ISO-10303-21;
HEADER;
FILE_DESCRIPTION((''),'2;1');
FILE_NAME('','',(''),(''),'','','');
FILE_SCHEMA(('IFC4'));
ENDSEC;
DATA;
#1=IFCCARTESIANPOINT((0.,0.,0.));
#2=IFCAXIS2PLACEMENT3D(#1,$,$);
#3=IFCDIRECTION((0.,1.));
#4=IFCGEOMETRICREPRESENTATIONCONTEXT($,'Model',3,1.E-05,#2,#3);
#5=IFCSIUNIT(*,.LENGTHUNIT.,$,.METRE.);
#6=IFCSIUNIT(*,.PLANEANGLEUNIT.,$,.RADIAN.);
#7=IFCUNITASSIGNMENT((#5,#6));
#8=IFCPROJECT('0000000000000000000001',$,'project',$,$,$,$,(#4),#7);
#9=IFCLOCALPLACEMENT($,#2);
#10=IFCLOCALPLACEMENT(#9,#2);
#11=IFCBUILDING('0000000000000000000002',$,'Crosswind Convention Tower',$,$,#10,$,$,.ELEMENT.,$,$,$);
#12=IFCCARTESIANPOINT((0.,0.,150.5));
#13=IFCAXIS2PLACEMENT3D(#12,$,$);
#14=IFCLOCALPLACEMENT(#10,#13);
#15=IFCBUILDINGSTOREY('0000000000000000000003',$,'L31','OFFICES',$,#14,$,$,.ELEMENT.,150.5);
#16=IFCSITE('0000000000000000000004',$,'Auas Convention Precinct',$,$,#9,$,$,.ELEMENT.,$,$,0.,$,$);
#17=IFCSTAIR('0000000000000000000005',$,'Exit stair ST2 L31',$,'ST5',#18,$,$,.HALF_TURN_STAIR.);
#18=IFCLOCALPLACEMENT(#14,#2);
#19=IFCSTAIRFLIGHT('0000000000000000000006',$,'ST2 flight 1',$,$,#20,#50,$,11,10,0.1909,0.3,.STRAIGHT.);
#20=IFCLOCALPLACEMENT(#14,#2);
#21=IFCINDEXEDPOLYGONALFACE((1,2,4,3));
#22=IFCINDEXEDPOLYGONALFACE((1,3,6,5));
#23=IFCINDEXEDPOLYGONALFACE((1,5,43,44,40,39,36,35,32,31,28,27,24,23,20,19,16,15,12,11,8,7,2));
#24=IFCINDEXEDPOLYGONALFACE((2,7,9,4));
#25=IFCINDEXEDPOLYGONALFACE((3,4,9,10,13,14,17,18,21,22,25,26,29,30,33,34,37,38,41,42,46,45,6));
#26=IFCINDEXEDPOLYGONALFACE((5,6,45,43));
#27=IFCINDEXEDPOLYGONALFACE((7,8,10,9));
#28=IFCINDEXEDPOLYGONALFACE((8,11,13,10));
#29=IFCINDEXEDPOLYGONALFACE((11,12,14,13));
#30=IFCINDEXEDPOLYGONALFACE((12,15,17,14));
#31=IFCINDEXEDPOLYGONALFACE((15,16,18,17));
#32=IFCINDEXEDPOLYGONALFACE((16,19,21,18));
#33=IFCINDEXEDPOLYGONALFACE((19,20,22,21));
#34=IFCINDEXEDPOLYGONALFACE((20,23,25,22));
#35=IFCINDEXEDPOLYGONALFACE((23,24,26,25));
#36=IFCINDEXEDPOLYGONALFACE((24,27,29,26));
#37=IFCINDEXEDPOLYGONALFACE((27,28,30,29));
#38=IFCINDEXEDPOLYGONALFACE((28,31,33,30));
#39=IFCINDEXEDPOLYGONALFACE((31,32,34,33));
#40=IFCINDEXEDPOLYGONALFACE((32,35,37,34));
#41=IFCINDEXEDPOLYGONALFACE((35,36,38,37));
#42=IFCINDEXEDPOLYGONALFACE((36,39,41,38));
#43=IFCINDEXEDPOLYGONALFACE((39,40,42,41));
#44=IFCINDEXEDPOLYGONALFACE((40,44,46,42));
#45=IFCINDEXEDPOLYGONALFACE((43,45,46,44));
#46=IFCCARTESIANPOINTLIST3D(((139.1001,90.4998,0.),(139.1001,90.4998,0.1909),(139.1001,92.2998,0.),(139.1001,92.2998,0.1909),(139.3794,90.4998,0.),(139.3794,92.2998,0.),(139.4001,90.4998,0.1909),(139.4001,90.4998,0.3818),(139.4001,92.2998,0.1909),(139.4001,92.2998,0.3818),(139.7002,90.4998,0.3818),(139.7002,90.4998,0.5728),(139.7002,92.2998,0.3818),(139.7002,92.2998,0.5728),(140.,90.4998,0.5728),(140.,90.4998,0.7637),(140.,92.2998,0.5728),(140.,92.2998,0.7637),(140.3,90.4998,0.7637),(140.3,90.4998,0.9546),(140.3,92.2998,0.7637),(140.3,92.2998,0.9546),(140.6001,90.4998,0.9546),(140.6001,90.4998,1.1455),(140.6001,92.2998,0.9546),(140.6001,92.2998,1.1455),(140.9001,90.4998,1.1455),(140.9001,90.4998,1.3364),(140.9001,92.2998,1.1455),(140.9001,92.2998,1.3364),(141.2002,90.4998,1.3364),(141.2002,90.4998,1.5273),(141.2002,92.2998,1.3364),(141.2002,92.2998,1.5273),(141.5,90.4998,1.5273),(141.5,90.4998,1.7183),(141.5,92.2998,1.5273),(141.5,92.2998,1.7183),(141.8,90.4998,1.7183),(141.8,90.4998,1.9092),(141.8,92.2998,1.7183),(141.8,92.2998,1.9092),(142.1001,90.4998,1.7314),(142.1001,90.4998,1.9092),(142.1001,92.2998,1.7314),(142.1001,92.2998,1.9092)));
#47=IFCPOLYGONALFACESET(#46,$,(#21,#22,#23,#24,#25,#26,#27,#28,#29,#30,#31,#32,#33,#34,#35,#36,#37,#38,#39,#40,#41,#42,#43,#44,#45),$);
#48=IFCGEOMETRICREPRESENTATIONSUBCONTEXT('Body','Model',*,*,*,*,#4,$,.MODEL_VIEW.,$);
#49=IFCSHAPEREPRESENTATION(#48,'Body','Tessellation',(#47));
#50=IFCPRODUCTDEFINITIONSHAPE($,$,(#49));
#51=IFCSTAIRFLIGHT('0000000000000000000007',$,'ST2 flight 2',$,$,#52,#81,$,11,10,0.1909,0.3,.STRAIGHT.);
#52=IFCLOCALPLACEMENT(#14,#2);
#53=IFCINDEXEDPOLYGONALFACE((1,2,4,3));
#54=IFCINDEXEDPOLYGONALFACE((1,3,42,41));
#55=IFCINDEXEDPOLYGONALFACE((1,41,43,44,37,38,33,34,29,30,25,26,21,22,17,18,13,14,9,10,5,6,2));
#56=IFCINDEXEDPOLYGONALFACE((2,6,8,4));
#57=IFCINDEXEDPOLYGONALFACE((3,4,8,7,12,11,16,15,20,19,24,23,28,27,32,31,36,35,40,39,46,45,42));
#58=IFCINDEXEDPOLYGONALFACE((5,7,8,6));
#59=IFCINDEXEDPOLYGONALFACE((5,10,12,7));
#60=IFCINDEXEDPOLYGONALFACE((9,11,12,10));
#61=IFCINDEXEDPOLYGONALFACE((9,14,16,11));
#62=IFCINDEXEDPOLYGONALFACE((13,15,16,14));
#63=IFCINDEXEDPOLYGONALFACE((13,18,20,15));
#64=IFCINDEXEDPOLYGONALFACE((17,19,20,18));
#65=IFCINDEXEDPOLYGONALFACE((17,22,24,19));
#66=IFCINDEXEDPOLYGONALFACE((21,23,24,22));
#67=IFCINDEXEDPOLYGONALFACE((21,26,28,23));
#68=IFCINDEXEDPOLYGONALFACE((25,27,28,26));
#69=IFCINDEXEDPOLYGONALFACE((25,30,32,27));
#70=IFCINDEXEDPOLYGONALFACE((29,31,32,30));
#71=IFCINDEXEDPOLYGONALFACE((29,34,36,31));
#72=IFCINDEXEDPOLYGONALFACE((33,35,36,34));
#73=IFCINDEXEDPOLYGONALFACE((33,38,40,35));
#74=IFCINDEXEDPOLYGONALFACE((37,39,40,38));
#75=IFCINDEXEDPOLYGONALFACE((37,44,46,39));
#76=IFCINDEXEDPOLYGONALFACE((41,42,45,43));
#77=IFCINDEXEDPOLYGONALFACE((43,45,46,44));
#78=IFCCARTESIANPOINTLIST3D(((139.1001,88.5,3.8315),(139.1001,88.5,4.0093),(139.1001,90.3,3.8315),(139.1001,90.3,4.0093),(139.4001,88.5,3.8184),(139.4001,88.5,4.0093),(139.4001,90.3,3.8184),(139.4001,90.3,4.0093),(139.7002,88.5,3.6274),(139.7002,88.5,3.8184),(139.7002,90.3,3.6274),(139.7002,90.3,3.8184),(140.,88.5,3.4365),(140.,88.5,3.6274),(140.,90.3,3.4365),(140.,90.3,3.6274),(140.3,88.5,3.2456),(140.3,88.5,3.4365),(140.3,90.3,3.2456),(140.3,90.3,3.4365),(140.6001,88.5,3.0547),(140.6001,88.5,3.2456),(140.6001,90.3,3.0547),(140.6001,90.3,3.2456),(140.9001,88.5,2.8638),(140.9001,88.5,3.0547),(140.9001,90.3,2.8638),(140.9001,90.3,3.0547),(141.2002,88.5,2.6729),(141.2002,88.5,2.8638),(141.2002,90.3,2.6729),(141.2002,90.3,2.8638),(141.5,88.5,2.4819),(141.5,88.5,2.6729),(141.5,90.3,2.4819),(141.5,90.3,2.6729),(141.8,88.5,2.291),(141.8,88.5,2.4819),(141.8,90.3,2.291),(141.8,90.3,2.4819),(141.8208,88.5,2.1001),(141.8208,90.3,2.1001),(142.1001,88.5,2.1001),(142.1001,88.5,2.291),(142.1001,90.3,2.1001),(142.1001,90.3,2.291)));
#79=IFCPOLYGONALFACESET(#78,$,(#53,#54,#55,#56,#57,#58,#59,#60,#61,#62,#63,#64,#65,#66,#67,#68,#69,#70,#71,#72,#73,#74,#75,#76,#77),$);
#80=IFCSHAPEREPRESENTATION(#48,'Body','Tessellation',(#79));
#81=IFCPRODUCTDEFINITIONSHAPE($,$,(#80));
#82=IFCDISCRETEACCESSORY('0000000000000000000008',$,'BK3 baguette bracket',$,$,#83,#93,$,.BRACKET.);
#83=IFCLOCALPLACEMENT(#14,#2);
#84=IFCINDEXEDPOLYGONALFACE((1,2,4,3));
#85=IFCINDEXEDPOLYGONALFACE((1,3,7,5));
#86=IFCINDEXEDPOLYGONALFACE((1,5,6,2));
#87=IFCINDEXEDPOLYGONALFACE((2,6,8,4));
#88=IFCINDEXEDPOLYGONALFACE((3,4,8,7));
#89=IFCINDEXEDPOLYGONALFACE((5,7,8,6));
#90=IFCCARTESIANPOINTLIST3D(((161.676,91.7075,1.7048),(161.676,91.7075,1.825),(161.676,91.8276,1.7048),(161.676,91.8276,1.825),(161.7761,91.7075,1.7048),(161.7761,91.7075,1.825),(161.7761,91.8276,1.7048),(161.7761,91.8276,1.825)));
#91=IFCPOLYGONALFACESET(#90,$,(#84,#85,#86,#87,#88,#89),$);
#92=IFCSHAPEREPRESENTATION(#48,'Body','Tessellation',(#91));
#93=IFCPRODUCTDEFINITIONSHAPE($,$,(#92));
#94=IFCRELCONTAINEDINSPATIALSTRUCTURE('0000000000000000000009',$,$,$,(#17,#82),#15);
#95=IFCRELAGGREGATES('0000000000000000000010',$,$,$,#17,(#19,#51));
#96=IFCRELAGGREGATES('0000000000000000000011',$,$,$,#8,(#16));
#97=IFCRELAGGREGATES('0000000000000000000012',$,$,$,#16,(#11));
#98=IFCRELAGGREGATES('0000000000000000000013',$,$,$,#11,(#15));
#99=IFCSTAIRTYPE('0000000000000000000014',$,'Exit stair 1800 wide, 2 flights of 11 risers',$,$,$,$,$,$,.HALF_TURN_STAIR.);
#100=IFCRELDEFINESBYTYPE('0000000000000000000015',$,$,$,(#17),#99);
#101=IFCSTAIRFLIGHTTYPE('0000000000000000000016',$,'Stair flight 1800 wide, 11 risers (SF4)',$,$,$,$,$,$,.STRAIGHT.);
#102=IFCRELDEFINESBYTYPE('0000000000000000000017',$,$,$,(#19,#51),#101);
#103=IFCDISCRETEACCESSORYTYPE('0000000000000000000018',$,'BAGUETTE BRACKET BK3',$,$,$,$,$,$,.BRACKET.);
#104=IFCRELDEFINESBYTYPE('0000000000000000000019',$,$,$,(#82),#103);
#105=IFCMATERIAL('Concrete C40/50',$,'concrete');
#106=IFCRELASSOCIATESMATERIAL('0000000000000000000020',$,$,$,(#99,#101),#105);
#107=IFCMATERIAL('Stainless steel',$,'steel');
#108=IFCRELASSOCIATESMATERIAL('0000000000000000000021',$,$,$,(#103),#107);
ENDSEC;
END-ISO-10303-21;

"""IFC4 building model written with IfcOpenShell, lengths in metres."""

from ifc_helpers import new_model, si_unit, direction, frame, origin, origin_2d, place, context, subcontext, project, spatial, polyline, rectangle, outline, extrude, material, type_object, element, aggregate, save


model = new_model("IFC4")

# Units and contexts
model_context = context("Model", 3, precision=1e-05, world=origin(), true_north=direction((0.0, 1.0)))
body_context = subcontext(model_context, "Body", "Model", "MODEL_VIEW")
ifc_project = project(units=[si_unit("LENGTHUNIT", "METRE"), si_unit("PLANEANGLEUNIT", "RADIAN")], contexts=[model_context])

# Site, building, storey
site_placement = place(None, origin())
site = spatial("IfcSite", under=ifc_project, at=site_placement, Name="Auas Convention Precinct", CompositionType="ELEMENT", RefElevation=0.0)
building_placement = place(site_placement, origin())
building = spatial("IfcBuilding", under=site, at=building_placement, Name="Crosswind Convention Tower", CompositionType="ELEMENT")
storey_placement = place(building_placement, frame((0.0, 0.0, 150.5)))
storey = spatial("IfcBuildingStorey", under=building, at=storey_placement, Name="L31", Description="OFFICES", CompositionType="ELEMENT", Elevation=150.5)

# Stair, stair flights
ifc_material_1 = material(Name="Concrete C40/50", Category="concrete")
stair_type = type_object("IfcStairType", Name="Exit stair 1800 wide, 2 flights of 11 risers", PredefinedType="HALF_TURN_STAIR", material=ifc_material_1)
stair_placement = place(storey_placement, origin())
stair = element("IfcStair", 1, at=stair_placement, inside=storey, type_object=stair_type, Name="Exit stair ST2 L31", ObjectType="ST5", PredefinedType="HALF_TURN_STAIR")
stair_flight_type = type_object("IfcStairFlightType", Name="Stair flight 1800 wide, 11 risers (SF4)", PredefinedType="STRAIGHT", material=ifc_material_1)
stair_flight_1_placement = place(storey_placement, frame((139.1001, 91.3999, 0.0), z_axis=(0.0, 0.0, 1.0), x_axis=(1.0, 0.0, 0.0)))
stair_flight_1 = element("IfcStairFlight", 2, at=stair_flight_1_placement, type_object=stair_flight_type, Name="ST2 flight 1", NumberOfRisers=11, NumberOfTreads=10, PredefinedType="STRAIGHT", RiserHeight=0.1909, TreadLength=0.3, context=body_context, shape_type="SweptSolid", body=[
    extrude(outline(polyline([(0.0, 0.0), (0.0, 0.1909), (0.3, 0.1909), (0.3, 0.3818), (0.6001, 0.3818), (0.6001, 0.5728), (0.8999, 0.5728), (0.8999, 0.7637), (1.2, 0.7637), (1.2, 0.9546), (1.5, 0.9546), (1.5, 1.1455), (1.8, 1.1455), (1.8, 1.3364), (2.1001, 1.3364), (2.1001, 1.5273), (2.3999, 1.5273), (2.3999, 1.7183), (2.7, 1.7183), (2.7, 1.9092), (3.0, 1.9092), (3.0, 2.1001), (3.0, 1.7314), (0.2793, 0.0), (0.0, 0.0)])), frame((0.0, 0.8999, 0.0), z_axis=(0.0, -1.0, 0.0), x_axis=(1.0, 0.0, 0.0)), (0.0, 0.0, 1.0), 1.8),
])
stair_flight_2_placement = place(storey_placement, frame((142.1001, 89.3999, 2.1001), z_axis=(0.0, 0.0, 1.0), x_axis=(-1.0, 0.0, 0.0)))
stair_flight_2 = element("IfcStairFlight", 3, at=stair_flight_2_placement, type_object=stair_flight_type, Name="ST2 flight 2", NumberOfRisers=11, NumberOfTreads=10, PredefinedType="STRAIGHT", RiserHeight=0.1909, TreadLength=0.3, context=body_context, shape_type="SweptSolid", body=[
    extrude(outline(polyline([(0.0, 0.0), (0.0, 0.1909), (0.3, 0.1909), (0.3, 0.3818), (0.6001, 0.3818), (0.6001, 0.5728), (0.8999, 0.5728), (0.8999, 0.7637), (1.2, 0.7637), (1.2, 0.9546), (1.5, 0.9546), (1.5, 1.1455), (1.8, 1.1455), (1.8, 1.3364), (2.1001, 1.3364), (2.1001, 1.5273), (2.3999, 1.5273), (2.3999, 1.7183), (2.7, 1.7183), (2.7, 1.9092), (3.0, 1.9092), (3.0, 2.1001), (3.0, 1.7314), (0.2793, 0.0), (0.0, 0.0)])), frame((0.0, 0.8999, 0.0), z_axis=(0.0, -1.0, 0.0), x_axis=(1.0, 0.0, 0.0)), (0.0, 0.0, 1.0), 1.8),
])
aggregate(stair, [stair_flight_1, stair_flight_2])

# Shared definitions
ifc_material_2 = material(Name="Stainless steel", Category="steel")

# Discrete accessory
discrete_accessory_type = type_object("IfcDiscreteAccessoryType", Name="BAGUETTE BRACKET BK3", PredefinedType="BRACKET", material=ifc_material_2)
discrete_accessory_placement = place(storey_placement, frame((161.7261, 91.7676, 1.7048), z_axis=(0.0, 0.0, 1.0), x_axis=(0.0, 1.0, 0.0)))
element("IfcDiscreteAccessory", 4, at=discrete_accessory_placement, inside=storey, type_object=discrete_accessory_type, Name="BK3 baguette bracket", PredefinedType="BRACKET", context=body_context, shape_type="SweptSolid", body=[
    extrude(rectangle(XDim=0.1201, YDim=0.1001, at=origin_2d()), origin(), (0.0, 0.0, 1.0), 0.1201),
])

save(model, "model.ifc")
